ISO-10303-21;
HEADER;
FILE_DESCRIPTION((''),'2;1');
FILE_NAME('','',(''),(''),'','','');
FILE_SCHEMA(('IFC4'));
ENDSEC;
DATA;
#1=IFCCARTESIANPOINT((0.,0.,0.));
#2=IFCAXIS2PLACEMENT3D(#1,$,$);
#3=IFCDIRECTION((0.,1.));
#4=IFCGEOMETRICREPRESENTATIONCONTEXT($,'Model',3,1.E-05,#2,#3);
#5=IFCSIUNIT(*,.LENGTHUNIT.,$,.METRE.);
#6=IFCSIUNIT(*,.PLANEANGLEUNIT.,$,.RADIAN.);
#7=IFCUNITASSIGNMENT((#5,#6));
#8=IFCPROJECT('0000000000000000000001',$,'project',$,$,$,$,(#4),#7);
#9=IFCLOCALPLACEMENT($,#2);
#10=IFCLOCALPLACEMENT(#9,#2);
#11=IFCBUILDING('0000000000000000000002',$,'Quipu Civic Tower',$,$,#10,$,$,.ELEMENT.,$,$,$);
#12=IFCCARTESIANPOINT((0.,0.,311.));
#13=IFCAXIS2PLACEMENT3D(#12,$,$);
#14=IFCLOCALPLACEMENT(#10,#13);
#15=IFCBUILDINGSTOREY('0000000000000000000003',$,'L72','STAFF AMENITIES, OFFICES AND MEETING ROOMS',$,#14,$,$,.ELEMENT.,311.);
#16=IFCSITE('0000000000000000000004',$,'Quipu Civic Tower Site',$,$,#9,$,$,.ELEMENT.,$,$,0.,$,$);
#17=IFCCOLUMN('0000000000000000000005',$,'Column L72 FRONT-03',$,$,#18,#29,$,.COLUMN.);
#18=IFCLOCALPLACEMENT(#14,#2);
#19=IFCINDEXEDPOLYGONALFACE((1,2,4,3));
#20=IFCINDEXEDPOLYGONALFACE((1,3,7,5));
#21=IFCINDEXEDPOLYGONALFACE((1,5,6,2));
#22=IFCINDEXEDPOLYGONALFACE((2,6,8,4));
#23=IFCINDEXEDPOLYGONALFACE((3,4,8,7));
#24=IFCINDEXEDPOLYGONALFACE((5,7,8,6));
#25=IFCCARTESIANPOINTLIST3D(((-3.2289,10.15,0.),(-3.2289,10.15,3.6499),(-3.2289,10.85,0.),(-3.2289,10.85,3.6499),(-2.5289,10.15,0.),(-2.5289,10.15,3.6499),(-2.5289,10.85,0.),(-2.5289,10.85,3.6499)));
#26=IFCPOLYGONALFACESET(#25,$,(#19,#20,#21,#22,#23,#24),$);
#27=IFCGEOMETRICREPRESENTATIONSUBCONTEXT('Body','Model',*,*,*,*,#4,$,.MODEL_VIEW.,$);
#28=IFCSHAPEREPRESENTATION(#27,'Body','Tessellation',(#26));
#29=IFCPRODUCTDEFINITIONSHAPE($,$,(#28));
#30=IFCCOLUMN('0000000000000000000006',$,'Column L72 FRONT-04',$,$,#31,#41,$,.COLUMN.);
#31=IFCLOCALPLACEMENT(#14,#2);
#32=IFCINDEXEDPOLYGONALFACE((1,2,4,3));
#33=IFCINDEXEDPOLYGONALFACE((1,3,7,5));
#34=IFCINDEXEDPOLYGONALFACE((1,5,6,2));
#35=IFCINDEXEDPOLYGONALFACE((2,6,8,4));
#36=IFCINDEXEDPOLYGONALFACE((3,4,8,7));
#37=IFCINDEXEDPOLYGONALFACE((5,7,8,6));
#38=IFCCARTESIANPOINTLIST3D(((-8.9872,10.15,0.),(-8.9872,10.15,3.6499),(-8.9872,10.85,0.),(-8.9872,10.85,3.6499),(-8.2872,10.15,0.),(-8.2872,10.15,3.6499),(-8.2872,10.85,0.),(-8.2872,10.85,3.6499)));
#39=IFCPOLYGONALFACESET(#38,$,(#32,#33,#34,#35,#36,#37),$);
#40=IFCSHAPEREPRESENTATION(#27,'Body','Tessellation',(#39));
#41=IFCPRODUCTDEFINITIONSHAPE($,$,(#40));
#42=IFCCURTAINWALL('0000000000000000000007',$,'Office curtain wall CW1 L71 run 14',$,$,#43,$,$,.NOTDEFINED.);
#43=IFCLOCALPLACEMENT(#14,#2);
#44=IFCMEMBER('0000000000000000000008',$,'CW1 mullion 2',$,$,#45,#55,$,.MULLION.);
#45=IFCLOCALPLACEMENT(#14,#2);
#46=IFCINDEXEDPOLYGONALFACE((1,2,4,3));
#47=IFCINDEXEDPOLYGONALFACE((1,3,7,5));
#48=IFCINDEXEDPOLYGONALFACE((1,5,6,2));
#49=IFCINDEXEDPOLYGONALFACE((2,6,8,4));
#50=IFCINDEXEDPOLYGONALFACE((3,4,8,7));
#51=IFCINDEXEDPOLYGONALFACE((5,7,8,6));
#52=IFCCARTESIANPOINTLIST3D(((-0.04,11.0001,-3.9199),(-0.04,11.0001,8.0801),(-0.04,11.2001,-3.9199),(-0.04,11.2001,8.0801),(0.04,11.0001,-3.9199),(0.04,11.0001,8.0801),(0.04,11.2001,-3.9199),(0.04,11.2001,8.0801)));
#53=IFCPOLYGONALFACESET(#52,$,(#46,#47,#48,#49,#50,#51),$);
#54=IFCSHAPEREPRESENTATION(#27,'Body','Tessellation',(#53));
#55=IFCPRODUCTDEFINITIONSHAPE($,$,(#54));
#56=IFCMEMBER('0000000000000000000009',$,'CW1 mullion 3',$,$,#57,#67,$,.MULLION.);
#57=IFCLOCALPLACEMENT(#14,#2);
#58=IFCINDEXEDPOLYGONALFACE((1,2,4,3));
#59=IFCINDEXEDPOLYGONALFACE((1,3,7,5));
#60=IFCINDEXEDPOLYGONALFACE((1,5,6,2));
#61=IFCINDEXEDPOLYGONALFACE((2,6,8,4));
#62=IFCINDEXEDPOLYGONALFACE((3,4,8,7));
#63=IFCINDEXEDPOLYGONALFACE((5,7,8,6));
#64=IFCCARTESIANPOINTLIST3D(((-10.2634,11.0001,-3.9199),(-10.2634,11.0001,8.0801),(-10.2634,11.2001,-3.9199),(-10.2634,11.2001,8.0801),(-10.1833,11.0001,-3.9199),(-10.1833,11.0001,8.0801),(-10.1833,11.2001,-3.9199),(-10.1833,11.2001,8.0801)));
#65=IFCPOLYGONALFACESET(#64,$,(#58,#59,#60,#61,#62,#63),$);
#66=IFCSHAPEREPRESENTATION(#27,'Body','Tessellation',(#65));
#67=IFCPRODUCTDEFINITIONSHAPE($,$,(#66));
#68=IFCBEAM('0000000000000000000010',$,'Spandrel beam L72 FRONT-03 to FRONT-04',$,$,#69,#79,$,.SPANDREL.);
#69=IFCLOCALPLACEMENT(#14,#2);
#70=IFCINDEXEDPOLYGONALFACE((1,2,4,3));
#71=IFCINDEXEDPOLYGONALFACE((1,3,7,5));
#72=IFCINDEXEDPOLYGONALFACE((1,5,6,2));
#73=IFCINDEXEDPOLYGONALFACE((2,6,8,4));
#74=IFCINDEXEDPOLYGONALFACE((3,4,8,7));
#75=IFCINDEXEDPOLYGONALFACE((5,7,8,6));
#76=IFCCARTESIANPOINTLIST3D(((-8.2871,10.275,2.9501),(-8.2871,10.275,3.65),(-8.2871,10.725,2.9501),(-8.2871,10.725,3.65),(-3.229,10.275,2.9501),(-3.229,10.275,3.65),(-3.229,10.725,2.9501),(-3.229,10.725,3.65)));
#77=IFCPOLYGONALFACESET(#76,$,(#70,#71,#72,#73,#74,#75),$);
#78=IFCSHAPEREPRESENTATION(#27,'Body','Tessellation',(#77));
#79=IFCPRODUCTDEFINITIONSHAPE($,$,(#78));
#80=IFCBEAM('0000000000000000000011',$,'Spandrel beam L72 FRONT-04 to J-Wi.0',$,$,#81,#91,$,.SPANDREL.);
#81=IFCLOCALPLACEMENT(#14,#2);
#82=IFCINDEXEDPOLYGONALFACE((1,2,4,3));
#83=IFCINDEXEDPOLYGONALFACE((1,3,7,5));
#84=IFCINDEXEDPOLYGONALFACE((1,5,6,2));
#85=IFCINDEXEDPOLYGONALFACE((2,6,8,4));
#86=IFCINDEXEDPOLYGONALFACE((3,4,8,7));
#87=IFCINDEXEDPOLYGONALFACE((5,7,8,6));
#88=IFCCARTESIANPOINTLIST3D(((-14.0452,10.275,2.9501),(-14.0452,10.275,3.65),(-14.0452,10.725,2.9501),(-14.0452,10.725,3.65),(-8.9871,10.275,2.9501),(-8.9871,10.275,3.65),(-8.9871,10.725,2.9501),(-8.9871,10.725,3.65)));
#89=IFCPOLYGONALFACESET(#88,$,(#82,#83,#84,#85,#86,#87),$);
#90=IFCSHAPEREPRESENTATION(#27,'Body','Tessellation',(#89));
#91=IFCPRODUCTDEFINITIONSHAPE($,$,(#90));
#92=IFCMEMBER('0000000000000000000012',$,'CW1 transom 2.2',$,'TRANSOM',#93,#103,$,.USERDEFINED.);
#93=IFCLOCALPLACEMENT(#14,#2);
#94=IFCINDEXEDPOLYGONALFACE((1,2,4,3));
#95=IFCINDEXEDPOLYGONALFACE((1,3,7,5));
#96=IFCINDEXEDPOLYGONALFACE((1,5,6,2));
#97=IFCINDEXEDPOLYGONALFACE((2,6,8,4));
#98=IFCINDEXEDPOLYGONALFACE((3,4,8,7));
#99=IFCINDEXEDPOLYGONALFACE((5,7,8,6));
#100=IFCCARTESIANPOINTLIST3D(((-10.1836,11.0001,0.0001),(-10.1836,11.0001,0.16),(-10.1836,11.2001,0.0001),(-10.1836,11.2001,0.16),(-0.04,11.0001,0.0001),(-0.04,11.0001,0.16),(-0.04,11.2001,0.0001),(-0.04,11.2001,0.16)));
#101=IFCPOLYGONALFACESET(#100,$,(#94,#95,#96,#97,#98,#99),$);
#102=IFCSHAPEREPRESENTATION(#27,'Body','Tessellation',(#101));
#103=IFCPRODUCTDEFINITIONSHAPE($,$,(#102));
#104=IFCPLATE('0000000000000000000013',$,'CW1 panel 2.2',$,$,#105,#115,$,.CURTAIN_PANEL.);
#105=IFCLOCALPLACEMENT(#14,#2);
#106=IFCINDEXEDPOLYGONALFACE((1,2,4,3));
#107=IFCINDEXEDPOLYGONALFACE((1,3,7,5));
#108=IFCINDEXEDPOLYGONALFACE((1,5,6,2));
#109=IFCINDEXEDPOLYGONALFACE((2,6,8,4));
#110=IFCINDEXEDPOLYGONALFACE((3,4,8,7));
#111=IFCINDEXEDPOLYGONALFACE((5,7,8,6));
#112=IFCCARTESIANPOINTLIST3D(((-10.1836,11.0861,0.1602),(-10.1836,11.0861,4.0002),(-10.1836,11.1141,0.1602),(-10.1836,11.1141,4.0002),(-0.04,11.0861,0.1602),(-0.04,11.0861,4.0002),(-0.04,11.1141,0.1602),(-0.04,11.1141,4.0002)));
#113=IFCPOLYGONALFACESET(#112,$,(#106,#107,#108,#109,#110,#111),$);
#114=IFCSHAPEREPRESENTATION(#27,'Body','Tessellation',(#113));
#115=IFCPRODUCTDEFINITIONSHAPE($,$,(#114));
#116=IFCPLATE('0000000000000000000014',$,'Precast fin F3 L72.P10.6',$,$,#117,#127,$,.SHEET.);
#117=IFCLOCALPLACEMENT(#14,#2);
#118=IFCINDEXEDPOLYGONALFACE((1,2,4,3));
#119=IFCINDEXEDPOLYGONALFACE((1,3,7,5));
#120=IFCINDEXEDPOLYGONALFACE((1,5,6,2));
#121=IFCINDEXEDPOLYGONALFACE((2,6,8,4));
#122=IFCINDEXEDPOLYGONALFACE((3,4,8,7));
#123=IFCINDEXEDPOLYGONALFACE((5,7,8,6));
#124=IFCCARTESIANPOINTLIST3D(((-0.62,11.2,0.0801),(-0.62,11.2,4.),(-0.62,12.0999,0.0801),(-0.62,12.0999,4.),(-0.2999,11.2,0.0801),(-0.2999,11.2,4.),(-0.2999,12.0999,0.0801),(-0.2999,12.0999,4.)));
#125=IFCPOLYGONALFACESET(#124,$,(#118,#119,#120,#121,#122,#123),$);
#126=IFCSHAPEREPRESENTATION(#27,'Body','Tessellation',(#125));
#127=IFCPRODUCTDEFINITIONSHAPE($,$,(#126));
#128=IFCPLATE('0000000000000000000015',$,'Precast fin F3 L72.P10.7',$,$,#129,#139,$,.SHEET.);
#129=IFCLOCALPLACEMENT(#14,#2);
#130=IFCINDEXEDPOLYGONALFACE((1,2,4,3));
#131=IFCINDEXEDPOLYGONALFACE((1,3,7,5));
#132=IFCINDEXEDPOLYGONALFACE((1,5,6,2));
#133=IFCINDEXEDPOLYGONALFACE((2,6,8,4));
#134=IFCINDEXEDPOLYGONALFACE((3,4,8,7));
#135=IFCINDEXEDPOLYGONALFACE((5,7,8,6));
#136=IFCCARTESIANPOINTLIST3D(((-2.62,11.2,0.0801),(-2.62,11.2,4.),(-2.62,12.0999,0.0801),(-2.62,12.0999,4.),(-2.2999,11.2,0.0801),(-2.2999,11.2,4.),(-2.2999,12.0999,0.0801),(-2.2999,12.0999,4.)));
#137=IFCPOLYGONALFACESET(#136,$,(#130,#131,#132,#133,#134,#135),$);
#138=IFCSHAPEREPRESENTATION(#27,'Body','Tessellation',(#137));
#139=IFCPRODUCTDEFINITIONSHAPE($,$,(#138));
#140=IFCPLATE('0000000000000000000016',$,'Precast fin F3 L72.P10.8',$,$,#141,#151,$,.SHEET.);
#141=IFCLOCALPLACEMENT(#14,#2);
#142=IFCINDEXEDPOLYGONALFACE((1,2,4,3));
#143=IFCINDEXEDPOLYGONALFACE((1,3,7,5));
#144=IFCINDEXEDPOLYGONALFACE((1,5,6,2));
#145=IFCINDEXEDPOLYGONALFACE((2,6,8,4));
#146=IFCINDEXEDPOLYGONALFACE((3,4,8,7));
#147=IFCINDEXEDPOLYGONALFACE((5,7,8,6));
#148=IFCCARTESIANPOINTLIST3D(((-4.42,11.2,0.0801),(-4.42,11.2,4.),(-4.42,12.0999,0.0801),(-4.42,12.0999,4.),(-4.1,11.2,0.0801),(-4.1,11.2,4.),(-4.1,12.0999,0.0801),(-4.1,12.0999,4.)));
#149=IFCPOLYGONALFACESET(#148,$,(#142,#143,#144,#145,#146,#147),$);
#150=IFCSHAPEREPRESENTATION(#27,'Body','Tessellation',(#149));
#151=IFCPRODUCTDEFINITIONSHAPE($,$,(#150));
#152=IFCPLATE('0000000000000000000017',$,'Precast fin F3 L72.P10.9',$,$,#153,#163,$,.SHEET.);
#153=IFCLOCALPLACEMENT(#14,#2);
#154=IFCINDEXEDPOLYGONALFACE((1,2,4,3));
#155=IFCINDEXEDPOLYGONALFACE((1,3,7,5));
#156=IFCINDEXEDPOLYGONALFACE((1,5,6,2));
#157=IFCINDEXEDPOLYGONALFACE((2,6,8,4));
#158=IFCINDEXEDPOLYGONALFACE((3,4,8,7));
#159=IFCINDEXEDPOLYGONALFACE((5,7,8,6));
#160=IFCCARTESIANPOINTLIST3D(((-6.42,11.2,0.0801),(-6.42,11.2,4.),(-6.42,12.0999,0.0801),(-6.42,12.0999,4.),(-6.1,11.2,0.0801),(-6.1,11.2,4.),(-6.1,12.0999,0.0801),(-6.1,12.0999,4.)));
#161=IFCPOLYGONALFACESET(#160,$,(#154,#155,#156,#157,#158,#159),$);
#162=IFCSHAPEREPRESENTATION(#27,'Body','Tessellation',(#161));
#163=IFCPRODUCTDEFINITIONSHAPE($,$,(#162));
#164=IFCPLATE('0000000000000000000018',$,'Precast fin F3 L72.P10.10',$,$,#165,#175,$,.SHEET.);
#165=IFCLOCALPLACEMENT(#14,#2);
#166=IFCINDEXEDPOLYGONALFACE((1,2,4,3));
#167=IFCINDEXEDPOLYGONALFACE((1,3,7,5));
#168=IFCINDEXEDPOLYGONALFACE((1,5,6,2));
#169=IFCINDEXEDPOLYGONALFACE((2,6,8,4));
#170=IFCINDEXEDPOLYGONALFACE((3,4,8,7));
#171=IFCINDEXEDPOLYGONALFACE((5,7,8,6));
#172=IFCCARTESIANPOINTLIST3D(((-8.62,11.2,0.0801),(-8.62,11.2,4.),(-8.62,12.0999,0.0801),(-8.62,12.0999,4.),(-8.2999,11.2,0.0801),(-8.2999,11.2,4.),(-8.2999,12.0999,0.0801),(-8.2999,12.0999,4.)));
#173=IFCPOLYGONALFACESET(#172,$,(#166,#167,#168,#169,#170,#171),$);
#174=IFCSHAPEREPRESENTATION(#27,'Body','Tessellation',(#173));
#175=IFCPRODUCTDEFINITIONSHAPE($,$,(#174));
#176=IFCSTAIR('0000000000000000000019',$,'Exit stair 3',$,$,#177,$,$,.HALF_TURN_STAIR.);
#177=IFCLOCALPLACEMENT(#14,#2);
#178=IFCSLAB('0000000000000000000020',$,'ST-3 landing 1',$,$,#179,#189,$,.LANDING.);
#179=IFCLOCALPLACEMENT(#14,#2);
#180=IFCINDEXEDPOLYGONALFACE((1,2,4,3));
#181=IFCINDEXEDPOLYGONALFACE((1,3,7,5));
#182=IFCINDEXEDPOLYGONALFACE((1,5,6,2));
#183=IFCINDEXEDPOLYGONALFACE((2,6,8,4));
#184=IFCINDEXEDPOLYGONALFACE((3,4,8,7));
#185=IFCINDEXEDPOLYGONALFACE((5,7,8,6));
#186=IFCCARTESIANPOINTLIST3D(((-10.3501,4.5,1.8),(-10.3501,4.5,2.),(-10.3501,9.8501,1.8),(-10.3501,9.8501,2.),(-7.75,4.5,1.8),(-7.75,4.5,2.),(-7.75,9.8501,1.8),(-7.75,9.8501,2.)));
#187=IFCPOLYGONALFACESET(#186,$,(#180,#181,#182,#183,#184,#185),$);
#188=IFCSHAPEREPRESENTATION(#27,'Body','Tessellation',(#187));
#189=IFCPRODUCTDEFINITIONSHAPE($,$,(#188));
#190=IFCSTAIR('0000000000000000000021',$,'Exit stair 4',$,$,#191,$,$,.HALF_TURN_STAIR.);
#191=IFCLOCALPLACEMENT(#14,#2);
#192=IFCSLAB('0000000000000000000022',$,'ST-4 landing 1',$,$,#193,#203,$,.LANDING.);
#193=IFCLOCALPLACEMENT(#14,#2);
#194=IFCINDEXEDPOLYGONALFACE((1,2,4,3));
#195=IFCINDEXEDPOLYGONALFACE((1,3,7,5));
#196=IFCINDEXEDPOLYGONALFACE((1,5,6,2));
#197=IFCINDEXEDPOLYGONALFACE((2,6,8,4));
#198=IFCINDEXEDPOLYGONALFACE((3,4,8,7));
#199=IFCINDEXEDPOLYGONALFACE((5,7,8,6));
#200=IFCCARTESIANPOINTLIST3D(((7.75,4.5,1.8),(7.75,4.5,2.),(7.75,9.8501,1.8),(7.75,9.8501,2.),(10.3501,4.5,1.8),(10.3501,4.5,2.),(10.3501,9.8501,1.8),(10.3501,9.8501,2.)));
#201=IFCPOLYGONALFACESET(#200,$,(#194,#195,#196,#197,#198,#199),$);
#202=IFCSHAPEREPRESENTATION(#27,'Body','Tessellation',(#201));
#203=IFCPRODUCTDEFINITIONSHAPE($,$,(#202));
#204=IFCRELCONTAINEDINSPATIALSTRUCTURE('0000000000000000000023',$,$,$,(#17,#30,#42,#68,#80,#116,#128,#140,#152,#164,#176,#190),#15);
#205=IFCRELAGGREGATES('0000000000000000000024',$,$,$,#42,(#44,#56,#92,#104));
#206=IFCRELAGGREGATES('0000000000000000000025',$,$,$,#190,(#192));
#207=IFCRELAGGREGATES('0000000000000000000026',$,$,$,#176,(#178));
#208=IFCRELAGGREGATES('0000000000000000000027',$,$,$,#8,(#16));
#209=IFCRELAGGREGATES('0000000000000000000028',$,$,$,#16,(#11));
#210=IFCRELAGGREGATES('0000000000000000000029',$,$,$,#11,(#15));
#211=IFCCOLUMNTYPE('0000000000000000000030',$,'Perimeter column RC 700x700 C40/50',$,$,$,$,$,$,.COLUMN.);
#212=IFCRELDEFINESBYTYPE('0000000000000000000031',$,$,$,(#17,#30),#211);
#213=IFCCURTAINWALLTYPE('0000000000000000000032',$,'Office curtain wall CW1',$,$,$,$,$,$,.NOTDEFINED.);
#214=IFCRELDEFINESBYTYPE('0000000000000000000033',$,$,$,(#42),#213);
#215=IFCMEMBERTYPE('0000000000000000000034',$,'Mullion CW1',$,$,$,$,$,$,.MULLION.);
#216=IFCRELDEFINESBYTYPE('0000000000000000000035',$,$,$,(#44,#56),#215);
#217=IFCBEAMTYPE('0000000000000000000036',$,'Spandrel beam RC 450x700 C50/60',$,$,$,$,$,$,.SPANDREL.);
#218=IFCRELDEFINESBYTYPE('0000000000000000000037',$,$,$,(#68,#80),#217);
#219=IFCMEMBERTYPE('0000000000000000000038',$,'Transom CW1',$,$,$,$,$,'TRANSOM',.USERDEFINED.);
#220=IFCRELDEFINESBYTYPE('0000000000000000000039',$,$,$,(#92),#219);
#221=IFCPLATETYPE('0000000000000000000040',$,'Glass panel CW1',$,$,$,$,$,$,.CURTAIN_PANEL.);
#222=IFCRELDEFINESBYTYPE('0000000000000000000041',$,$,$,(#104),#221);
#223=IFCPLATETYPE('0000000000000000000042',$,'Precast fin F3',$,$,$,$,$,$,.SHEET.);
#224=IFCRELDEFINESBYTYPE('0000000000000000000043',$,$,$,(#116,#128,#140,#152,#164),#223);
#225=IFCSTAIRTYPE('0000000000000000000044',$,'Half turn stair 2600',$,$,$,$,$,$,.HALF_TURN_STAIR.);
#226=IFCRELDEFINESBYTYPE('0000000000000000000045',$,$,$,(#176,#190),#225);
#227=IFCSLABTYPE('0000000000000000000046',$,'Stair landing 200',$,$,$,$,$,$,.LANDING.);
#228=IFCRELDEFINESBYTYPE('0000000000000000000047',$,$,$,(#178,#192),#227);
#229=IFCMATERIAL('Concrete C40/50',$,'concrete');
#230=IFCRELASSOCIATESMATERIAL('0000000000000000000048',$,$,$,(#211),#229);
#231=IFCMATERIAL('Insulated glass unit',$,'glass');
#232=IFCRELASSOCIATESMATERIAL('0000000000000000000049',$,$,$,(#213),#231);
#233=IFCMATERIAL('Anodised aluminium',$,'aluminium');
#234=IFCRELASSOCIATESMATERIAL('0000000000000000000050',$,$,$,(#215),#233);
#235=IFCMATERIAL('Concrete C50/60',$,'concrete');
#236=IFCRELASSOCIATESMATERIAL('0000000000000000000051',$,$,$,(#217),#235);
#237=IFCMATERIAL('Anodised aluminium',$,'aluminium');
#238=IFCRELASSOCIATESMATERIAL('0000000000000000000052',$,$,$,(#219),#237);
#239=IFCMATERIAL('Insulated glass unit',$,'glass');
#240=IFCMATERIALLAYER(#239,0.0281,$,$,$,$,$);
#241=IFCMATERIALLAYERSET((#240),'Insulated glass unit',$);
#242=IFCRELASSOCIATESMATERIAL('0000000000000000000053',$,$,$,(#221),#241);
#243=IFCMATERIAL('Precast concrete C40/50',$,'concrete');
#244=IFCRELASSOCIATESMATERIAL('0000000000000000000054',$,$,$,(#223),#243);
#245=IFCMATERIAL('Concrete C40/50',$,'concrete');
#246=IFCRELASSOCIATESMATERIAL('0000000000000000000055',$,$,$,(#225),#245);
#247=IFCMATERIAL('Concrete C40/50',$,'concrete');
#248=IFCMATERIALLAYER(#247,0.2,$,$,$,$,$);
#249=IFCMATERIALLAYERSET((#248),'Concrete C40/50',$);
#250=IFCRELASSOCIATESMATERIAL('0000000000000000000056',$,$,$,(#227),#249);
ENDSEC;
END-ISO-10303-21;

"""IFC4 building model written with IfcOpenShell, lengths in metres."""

from ifc_helpers import new_model, si_unit, direction, frame, origin, origin_2d, place, context, subcontext, project, spatial, polyline, rectangle, outline, extrude, material, layer, layer_set, material_profile, profile_set, type_object, element, aggregate, save


model = new_model("IFC4")

# Units and contexts
model_context = context("Model", 3, precision=1e-05, world=origin(), true_north=direction((0.0, 1.0)))
body_context = subcontext(model_context, "Body", "Model", "MODEL_VIEW")
ifc_project = project(units=[si_unit("LENGTHUNIT", "METRE"), si_unit("PLANEANGLEUNIT", "RADIAN")], contexts=[model_context])

# Site, building, storey
site_placement = place(None, origin())
site = spatial("IfcSite", under=ifc_project, at=site_placement, Name="Quipu Civic Tower Site", CompositionType="ELEMENT", RefElevation=0.0)
building_placement = place(site_placement, origin())
building = spatial("IfcBuilding", under=site, at=building_placement, Name="Quipu Civic Tower", CompositionType="ELEMENT")
storey_placement = place(building_placement, frame((0.0, 0.0, 311.0)))
storey = spatial("IfcBuildingStorey", under=building, at=storey_placement, Name="L72", Description="STAFF AMENITIES, OFFICES AND MEETING ROOMS", CompositionType="ELEMENT", Elevation=311.0)

# Columns
ifc_material_1 = material(Name="Concrete C40/50", Category="concrete")
ifc_material_profile_1 = material_profile(ifc_material_1, rectangle(XDim=0.7, YDim=0.7, at=origin_2d()), Name="RC700x700")
ifc_profile_set_1 = profile_set([ifc_material_profile_1], Name="Concrete C40/50")
column_type = type_object("IfcColumnType", Name="Perimeter column RC 700x700 C40/50", PredefinedType="COLUMN", material=ifc_profile_set_1)
for number, where, z_axis, x_axis, name in (
    (1, (-2.8789, 10.5, 0.0), (0.0, 0.0, 1.0), (-1.0, 0.0, 0.0), "Column L72 FRONT-03"),
    (2, (-8.6372, 10.5, 0.0), (0.0, 0.0, 1.0), (-1.0, 0.0, 0.0), "Column L72 FRONT-04"),
):
    element("IfcColumn", number, at=place(storey_placement, frame(where, z_axis=z_axis, x_axis=x_axis)), inside=storey, type_object=column_type, Name=name, PredefinedType="COLUMN", context=body_context, shape_type="SweptSolid", body=[
        extrude(rectangle(XDim=0.7, YDim=0.7, at=origin_2d()), origin(), (0.0, 0.0, 1.0), 3.6499),
    ])

# Curtain wall, members
ifc_material_2 = material(Name="Insulated glass unit", Category="glass")
curtain_wall_type = type_object("IfcCurtainWallType", Name="Office curtain wall CW1", PredefinedType="NOTDEFINED", material=ifc_material_2)
curtain_wall_placement = place(storey_placement, origin())
curtain_wall = element("IfcCurtainWall", 3, at=curtain_wall_placement, inside=storey, type_object=curtain_wall_type, Name="Office curtain wall CW1 L71 run 14", PredefinedType="NOTDEFINED")
ifc_material_3 = material(Name="Anodised aluminium", Category="aluminium")
ifc_material_profile_2 = material_profile(ifc_material_3, rectangle(XDim=0.2, YDim=0.0801, at=origin_2d()), Name="RECT 200x80")
ifc_profile_set_2 = profile_set([ifc_material_profile_2], Name="Anodised aluminium")
member_type_1 = type_object("IfcMemberType", Name="Mullion CW1", PredefinedType="MULLION", material=ifc_profile_set_2)
member_1_placement = place(storey_placement, frame((0.0, 11.1001, -3.9199), z_axis=(0.0, 0.0, 1.0), x_axis=(0.0, -1.0, 0.0)))
member_1 = element("IfcMember", 4, at=member_1_placement, type_object=member_type_1, Name="CW1 mullion 2", PredefinedType="MULLION", context=body_context, shape_type="SweptSolid", body=[
    extrude(rectangle(XDim=0.2, YDim=0.0801, at=origin_2d()), origin(), (0.0, 0.0, 1.0), 12.0),
])
member_2_placement = place(storey_placement, frame((-10.2234, 11.1001, -3.9199), z_axis=(0.0, 0.0, 1.0), x_axis=(0.0, -1.0, 0.0)))
member_2 = element("IfcMember", 5, at=member_2_placement, type_object=member_type_1, Name="CW1 mullion 3", PredefinedType="MULLION", context=body_context, shape_type="SweptSolid", body=[
    extrude(rectangle(XDim=0.2, YDim=0.0801, at=origin_2d()), origin(), (0.0, 0.0, 1.0), 12.0),
])

# Beams
ifc_material_4 = material(Name="Concrete C50/60", Category="concrete")
ifc_material_profile_3 = material_profile(ifc_material_4, rectangle(XDim=0.45, YDim=0.7, at=origin_2d()), Name="RC450x700")
ifc_profile_set_3 = profile_set([ifc_material_profile_3], Name="Concrete C50/60")
beam_type = type_object("IfcBeamType", Name="Spandrel beam RC 450x700 C50/60", PredefinedType="SPANDREL", material=ifc_profile_set_3)
for number, where, z_axis, x_axis, name in (
    (6, (-3.229, 10.5, 3.3), (-1.0, 0.0, 0.0), (0.0, -1.0, 0.0), "Spandrel beam L72 FRONT-03 to FRONT-04"),
    (7, (-8.9871, 10.5, 3.3), (-1.0, 0.0, 0.0), (0.0, -1.0, 0.0), "Spandrel beam L72 FRONT-04 to J-Wi.0"),
):
    element("IfcBeam", number, at=place(storey_placement, frame(where, z_axis=z_axis, x_axis=x_axis)), inside=storey, type_object=beam_type, Name=name, PredefinedType="SPANDREL", context=body_context, shape_type="SweptSolid", body=[
        extrude(rectangle(XDim=0.45, YDim=0.7, at=origin_2d()), origin(), (0.0, 0.0, 1.0), 5.0581),
    ])

# Member
ifc_material_5 = material(Name="Anodised aluminium", Category="aluminium")
ifc_material_profile_4 = material_profile(ifc_material_5, rectangle(XDim=0.2, YDim=0.1599, at=origin_2d()), Name="RECT 200x160")
ifc_profile_set_4 = profile_set([ifc_material_profile_4], Name="Anodised aluminium")
member_type_2 = type_object("IfcMemberType", Name="Transom CW1", ElementType="TRANSOM", PredefinedType="USERDEFINED", material=ifc_profile_set_4)
member_3_placement = place(storey_placement, frame((-0.04, 11.1001, 0.0801), z_axis=(-1.0, 0.0, 0.0), x_axis=(0.0, -1.0, 0.0)))
member_3 = element("IfcMember", 8, at=member_3_placement, type_object=member_type_2, Name="CW1 transom 2.2", ObjectType="TRANSOM", PredefinedType="USERDEFINED", context=body_context, shape_type="SweptSolid", body=[
    extrude(rectangle(XDim=0.2, YDim=0.1599, at=origin_2d()), origin(), (0.0, 0.0, 1.0), 10.1436),
])

# Plate
ifc_material_6 = material(Name="Insulated glass unit", Category="glass")
ifc_layer_1 = layer(ifc_material_6, 0.0281)
ifc_layer_set_1 = layer_set([ifc_layer_1], Name="Insulated glass unit")
plate_type_1 = type_object("IfcPlateType", Name="Glass panel CW1", PredefinedType="CURTAIN_PANEL", material=ifc_layer_set_1)
plate_placement = place(storey_placement, frame((-5.1118, 11.1001, 0.1602), z_axis=(0.0, 0.0, 1.0), x_axis=(-1.0, 0.0, 0.0)))
plate = element("IfcPlate", 9, at=plate_placement, type_object=plate_type_1, Name="CW1 panel 2.2", PredefinedType="CURTAIN_PANEL", context=body_context, shape_type="SweptSolid", body=[
    extrude(rectangle(XDim=10.1436, YDim=0.0281, at=origin_2d()), origin(), (0.0, 0.0, 1.0), 3.8401),
])
aggregate(curtain_wall, [member_1, member_2, member_3, plate])

# Plates
ifc_material_7 = material(Name="Precast concrete C40/50", Category="concrete")
plate_type_2 = type_object("IfcPlateType", Name="Precast fin F3", PredefinedType="SHEET", material=ifc_material_7)
for number, where, z_axis, x_axis, name in (
    (10, (-0.46, 11.6499, 0.0801), (0.0, 0.0, 1.0), (-1.0, 0.0, 0.0), "Precast fin F3 L72.P10.6"),
    (11, (-2.46, 11.6499, 0.0801), (0.0, 0.0, 1.0), (-1.0, 0.0, 0.0), "Precast fin F3 L72.P10.7"),
    (12, (-4.26, 11.6499, 0.0801), (0.0, 0.0, 1.0), (-1.0, 0.0, 0.0), "Precast fin F3 L72.P10.8"),
    (13, (-6.26, 11.6499, 0.0801), (0.0, 0.0, 1.0), (-1.0, 0.0, 0.0), "Precast fin F3 L72.P10.9"),
    (14, (-8.46, 11.6499, 0.0801), (0.0, 0.0, 1.0), (-1.0, 0.0, 0.0), "Precast fin F3 L72.P10.10"),
):
    element("IfcPlate", number, at=place(storey_placement, frame(where, z_axis=z_axis, x_axis=x_axis)), inside=storey, type_object=plate_type_2, Name=name, PredefinedType="SHEET", context=body_context, shape_type="SweptSolid", body=[
        extrude(rectangle(XDim=0.3201, YDim=0.8999, at=origin_2d()), origin(), (0.0, 0.0, 1.0), 3.9199),
    ])

# Stairs, slabs
ifc_material_8 = material(Name="Concrete C40/50", Category="concrete")
stair_type = type_object("IfcStairType", Name="Half turn stair 2600", PredefinedType="HALF_TURN_STAIR", material=ifc_material_8)
stair_1_placement = place(storey_placement, origin())
stair_1 = element("IfcStair", 15, at=stair_1_placement, inside=storey, type_object=stair_type, Name="Exit stair 3", PredefinedType="HALF_TURN_STAIR")
ifc_material_9 = material(Name="Concrete C40/50", Category="concrete")
ifc_layer_2 = layer(ifc_material_9, 0.2)
ifc_layer_set_2 = layer_set([ifc_layer_2], Name="Concrete C40/50")
slab_type = type_object("IfcSlabType", Name="Stair landing 200", PredefinedType="LANDING", material=ifc_layer_set_2)
slab_1_placement = place(storey_placement, frame((0.0, 0.0, 1.8)))
slab_1 = element("IfcSlab", 16, at=slab_1_placement, type_object=slab_type, Name="ST-3 landing 1", PredefinedType="LANDING", context=body_context, shape_type="SweptSolid", body=[
    extrude(outline(polyline([(-10.3501, 4.5), (-7.75, 4.5), (-7.75, 9.8501), (-10.3501, 9.8501), (-10.3501, 4.5)])), origin(), (0.0, 0.0, 1.0), 0.2),
])
stair_2_placement = place(storey_placement, origin())
stair_2 = element("IfcStair", 17, at=stair_2_placement, inside=storey, type_object=stair_type, Name="Exit stair 4", PredefinedType="HALF_TURN_STAIR")
slab_2_placement = place(storey_placement, frame((0.0, 0.0, 1.8)))
slab_2 = element("IfcSlab", 18, at=slab_2_placement, type_object=slab_type, Name="ST-4 landing 1", PredefinedType="LANDING", context=body_context, shape_type="SweptSolid", body=[
    extrude(outline(polyline([(10.3501, 9.8501), (7.75, 9.8501), (7.75, 4.5), (10.3501, 4.5), (10.3501, 9.8501)])), origin(), (0.0, 0.0, 1.0), 0.2),
])
aggregate(stair_2, [slab_2])

aggregate(stair_1, [slab_1])

save(model, "model.ifc")
